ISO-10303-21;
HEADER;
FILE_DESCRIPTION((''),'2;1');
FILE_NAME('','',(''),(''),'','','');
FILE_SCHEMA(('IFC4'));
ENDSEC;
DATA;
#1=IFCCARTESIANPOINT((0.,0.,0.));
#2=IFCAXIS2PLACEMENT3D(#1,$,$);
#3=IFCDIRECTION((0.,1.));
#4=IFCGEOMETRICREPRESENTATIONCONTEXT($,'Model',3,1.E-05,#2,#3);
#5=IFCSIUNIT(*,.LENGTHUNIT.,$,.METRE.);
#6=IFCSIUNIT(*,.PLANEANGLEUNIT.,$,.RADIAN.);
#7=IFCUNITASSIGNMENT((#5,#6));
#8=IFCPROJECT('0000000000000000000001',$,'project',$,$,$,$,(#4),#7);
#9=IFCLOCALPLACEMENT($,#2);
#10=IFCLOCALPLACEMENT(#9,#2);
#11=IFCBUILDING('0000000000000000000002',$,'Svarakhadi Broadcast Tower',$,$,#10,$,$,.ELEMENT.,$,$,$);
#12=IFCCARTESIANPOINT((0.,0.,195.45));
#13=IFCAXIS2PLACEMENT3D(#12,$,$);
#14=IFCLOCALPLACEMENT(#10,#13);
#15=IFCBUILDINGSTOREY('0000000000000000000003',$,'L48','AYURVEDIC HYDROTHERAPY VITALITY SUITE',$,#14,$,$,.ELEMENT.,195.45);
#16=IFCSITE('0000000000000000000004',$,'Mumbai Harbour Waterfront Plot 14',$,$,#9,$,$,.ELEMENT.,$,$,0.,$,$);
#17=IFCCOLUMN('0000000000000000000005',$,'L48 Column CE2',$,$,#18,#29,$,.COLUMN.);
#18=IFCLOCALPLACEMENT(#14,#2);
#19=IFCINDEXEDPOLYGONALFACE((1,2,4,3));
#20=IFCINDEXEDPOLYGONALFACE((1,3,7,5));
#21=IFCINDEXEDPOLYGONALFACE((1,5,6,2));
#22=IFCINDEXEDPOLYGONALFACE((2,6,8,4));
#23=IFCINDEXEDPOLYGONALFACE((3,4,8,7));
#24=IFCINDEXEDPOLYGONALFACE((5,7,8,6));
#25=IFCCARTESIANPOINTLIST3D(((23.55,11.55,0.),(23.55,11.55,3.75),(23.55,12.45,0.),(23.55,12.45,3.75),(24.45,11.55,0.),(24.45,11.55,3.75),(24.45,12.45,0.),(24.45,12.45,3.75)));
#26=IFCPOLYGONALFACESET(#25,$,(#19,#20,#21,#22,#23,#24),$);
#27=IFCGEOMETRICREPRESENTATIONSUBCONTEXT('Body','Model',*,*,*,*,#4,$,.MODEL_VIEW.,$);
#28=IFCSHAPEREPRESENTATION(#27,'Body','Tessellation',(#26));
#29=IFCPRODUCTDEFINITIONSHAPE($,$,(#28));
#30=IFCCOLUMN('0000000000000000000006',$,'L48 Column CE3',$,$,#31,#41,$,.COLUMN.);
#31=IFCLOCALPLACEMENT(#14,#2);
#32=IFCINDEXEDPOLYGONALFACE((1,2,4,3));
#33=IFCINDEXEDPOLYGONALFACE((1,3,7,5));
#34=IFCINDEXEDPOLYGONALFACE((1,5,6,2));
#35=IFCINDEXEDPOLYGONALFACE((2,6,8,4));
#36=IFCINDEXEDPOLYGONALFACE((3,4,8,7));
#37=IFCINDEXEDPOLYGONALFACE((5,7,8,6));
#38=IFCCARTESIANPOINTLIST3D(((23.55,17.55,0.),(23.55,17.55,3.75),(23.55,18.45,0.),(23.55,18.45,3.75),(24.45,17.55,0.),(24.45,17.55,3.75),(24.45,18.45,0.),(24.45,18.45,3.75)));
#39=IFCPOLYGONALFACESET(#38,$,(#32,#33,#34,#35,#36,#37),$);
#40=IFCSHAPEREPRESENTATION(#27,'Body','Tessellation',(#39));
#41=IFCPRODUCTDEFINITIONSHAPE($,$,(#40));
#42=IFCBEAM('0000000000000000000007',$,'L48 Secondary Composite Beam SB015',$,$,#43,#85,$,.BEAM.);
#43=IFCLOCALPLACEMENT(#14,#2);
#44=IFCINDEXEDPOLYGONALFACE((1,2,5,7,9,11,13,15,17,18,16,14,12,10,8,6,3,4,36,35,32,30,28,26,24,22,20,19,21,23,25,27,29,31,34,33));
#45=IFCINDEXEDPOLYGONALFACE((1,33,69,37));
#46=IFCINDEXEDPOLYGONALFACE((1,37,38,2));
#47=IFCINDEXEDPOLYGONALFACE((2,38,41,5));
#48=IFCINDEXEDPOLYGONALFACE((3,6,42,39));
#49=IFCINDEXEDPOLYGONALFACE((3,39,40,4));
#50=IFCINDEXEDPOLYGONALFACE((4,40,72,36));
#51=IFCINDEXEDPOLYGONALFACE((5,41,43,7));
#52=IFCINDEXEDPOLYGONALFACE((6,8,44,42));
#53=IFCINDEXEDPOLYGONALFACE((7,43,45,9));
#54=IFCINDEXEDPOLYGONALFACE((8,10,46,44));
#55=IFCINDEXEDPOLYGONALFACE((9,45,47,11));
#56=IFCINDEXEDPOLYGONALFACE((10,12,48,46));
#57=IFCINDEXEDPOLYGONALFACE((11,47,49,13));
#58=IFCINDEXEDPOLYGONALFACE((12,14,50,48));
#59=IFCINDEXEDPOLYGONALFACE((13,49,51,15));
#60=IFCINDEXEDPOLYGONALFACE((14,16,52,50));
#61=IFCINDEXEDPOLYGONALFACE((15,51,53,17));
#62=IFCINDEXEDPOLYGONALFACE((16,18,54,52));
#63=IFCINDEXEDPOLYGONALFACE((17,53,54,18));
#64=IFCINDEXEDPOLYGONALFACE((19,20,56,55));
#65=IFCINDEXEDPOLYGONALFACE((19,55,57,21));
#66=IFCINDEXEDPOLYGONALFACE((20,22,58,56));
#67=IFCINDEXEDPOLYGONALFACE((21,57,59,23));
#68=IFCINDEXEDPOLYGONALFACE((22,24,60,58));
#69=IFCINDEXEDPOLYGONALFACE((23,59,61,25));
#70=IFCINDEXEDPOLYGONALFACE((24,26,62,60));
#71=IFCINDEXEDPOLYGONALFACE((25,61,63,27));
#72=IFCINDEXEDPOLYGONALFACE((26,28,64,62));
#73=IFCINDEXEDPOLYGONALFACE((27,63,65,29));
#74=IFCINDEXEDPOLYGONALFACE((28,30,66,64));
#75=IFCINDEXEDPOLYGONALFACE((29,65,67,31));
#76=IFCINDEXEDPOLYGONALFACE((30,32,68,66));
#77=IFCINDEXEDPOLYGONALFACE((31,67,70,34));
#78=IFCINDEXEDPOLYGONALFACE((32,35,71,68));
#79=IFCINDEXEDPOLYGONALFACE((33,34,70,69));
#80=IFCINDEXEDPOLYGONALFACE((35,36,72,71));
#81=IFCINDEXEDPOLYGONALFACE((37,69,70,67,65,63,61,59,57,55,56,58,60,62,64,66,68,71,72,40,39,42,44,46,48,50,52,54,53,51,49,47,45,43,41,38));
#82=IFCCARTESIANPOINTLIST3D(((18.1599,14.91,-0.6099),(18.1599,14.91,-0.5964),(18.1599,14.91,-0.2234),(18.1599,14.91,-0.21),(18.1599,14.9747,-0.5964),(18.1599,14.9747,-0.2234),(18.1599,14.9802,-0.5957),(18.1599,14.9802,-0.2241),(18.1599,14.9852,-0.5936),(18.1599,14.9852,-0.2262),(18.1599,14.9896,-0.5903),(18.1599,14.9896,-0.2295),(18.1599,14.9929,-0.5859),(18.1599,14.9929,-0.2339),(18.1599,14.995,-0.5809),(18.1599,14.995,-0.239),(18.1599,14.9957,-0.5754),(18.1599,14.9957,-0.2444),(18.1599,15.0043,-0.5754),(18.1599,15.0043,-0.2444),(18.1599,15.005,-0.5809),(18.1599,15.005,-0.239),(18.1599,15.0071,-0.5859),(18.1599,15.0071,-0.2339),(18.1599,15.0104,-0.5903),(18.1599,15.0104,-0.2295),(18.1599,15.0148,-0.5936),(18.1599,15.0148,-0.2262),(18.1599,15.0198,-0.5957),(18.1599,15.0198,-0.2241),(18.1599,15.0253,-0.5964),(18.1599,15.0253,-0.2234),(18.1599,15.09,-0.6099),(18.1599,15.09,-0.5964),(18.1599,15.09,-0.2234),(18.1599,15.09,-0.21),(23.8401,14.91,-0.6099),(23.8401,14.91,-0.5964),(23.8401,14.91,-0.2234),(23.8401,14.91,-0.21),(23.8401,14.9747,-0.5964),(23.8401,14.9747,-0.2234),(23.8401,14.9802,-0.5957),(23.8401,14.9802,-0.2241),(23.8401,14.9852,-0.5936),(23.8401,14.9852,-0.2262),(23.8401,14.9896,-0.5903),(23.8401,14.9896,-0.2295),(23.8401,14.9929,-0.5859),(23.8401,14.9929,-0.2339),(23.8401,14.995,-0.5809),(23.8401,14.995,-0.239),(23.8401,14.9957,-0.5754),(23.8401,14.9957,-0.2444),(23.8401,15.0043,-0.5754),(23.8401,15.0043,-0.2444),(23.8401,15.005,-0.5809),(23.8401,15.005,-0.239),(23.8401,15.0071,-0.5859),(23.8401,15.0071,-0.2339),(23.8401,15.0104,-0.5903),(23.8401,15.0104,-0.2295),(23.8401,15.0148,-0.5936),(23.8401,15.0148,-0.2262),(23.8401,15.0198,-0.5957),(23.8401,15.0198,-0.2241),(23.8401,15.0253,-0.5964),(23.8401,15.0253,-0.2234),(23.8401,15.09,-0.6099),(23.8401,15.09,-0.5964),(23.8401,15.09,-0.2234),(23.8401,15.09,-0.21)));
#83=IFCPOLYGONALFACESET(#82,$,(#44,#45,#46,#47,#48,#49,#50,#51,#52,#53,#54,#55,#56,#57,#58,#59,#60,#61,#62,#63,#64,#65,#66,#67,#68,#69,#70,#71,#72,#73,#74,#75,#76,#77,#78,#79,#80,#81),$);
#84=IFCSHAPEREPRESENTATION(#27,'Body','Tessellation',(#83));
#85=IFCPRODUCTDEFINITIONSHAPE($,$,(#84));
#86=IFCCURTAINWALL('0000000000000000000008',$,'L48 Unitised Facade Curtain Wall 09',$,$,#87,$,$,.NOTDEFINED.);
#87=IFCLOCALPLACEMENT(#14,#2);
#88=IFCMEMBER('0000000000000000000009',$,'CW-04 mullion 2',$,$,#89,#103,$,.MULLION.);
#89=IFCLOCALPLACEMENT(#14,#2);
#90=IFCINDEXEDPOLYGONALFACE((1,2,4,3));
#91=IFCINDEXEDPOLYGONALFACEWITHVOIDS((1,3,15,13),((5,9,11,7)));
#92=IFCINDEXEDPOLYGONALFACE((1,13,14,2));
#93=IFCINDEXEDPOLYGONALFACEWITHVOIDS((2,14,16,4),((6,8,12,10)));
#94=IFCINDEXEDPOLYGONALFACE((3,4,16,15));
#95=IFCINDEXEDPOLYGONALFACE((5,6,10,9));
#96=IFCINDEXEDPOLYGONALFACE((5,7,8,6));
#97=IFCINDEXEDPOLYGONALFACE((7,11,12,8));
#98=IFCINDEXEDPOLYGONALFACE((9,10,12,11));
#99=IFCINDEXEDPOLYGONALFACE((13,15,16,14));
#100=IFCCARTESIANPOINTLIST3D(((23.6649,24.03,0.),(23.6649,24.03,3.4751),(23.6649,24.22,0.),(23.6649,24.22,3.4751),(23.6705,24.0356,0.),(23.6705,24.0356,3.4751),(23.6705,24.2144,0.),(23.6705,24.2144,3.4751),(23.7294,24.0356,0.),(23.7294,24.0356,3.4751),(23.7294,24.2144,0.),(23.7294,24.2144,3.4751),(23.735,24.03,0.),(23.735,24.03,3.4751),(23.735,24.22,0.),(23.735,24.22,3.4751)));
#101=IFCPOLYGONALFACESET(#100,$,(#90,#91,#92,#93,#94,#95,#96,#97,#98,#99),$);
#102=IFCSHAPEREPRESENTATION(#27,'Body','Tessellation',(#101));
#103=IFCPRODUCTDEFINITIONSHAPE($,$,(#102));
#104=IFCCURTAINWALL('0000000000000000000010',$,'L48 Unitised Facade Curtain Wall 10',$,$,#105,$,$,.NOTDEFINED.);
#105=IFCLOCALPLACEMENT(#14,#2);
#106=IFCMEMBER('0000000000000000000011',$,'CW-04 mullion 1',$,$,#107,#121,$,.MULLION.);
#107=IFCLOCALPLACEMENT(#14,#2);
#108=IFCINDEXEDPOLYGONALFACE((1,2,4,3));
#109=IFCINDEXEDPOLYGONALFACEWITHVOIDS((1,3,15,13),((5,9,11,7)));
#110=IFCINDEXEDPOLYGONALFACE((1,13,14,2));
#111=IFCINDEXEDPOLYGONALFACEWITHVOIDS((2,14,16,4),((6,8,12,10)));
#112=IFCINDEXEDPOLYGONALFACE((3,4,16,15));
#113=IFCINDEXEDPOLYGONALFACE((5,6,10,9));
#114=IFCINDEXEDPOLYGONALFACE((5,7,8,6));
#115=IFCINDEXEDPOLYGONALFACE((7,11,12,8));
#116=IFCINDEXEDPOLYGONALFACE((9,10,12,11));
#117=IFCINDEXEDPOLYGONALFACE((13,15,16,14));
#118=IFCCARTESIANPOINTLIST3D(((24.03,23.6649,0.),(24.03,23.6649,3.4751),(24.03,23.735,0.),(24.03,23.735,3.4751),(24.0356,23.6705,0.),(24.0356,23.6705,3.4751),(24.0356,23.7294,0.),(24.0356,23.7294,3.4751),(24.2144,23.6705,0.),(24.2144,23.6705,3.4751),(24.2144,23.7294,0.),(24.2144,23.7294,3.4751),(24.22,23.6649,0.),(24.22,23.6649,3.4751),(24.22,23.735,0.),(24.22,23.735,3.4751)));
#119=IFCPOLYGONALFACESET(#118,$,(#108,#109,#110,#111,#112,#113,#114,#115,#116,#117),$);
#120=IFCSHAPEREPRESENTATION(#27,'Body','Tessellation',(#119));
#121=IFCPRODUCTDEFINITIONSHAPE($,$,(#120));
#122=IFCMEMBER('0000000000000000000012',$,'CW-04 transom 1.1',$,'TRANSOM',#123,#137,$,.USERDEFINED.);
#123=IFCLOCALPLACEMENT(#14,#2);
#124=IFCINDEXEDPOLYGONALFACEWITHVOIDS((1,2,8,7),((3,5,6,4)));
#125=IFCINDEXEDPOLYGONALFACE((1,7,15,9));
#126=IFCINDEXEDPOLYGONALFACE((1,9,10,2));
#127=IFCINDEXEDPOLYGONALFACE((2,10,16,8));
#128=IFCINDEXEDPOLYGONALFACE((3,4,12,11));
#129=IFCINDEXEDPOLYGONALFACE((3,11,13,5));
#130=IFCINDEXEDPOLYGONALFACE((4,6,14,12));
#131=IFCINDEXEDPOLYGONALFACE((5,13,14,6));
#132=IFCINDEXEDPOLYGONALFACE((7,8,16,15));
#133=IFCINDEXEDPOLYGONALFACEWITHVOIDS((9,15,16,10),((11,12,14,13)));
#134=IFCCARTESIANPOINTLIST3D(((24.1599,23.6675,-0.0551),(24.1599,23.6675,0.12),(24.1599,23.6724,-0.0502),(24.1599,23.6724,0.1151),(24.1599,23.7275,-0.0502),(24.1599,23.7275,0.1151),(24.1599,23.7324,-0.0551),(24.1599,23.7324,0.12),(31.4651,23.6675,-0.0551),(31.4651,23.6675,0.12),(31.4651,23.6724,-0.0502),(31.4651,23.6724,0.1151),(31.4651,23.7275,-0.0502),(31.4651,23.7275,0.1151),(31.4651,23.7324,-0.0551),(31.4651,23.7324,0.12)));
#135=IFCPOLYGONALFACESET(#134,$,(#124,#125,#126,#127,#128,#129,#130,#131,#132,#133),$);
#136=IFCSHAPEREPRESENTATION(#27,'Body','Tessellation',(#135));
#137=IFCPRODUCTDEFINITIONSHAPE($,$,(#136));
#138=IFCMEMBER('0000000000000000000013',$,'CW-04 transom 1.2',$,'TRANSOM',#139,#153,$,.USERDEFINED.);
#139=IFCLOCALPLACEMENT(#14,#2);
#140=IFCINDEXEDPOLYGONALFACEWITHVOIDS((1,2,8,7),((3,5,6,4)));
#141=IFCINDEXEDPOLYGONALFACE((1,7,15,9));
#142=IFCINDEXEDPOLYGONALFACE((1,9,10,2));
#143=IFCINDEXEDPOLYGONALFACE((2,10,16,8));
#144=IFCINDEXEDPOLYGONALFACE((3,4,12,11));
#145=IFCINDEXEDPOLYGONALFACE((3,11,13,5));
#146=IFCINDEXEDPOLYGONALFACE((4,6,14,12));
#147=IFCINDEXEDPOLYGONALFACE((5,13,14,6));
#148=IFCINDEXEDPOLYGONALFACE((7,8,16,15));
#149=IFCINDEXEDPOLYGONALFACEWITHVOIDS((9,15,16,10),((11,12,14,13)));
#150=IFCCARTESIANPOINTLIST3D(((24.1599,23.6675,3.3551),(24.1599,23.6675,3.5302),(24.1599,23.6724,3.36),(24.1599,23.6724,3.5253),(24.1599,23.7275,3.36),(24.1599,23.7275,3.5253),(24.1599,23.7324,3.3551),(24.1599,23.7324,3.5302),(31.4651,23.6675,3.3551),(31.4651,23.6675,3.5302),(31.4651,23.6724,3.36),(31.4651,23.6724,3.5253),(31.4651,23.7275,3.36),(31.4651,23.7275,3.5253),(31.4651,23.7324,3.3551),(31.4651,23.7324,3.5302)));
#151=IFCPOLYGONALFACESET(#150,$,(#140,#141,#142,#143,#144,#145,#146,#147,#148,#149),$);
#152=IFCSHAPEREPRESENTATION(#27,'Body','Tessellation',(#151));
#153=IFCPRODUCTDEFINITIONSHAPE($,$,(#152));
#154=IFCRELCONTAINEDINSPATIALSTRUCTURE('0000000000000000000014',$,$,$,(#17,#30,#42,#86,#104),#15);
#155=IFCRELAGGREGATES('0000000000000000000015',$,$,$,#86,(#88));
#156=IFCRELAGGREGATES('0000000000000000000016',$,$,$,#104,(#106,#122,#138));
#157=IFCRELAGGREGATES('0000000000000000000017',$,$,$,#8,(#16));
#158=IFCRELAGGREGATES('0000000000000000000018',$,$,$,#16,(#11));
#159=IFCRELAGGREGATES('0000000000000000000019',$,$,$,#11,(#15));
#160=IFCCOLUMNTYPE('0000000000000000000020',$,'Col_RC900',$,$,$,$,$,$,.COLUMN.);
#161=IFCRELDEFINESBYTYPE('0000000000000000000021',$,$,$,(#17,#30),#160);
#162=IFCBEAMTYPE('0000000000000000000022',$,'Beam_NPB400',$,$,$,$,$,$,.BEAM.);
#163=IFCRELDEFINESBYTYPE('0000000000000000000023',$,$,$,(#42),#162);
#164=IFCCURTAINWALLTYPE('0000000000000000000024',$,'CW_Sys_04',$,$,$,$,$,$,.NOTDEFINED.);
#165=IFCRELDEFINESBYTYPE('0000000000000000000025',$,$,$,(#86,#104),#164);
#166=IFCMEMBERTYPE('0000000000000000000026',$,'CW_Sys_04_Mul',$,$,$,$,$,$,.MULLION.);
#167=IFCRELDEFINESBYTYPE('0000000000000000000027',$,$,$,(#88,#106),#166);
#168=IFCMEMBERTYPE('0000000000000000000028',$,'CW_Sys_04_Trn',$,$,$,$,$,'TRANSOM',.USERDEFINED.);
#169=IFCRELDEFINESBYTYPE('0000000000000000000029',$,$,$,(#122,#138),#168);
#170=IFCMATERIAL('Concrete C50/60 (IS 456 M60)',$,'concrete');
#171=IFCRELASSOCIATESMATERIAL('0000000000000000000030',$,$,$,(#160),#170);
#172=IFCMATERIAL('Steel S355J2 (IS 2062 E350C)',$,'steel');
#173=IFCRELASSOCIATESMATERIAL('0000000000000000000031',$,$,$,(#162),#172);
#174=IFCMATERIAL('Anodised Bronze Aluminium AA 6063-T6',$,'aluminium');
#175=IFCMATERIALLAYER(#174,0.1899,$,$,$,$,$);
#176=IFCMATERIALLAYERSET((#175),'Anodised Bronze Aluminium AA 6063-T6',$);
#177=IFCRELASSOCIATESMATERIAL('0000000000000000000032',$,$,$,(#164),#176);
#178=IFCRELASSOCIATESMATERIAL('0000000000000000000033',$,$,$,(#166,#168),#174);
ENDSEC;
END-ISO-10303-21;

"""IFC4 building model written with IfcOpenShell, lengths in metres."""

from ifc_helpers import new_model, si_unit, direction, frame, origin, origin_2d, place, context, subcontext, project, spatial, rectangle, hollow_rectangle, i_section, extrude, material, layer, layer_set, material_profile, profile_set, type_object, element, aggregate, save


model = new_model("IFC4")

# Units and contexts
model_context = context("Model", 3, precision=1e-05, world=origin(), true_north=direction((0.0, 1.0)))
body_context = subcontext(model_context, "Body", "Model", "MODEL_VIEW")
ifc_project = project(units=[si_unit("LENGTHUNIT", "METRE"), si_unit("PLANEANGLEUNIT", "RADIAN")], contexts=[model_context])

# Site, building, storey
site_placement = place(None, origin())
site = spatial("IfcSite", under=ifc_project, at=site_placement, Name="Mumbai Harbour Waterfront Plot 14", CompositionType="ELEMENT", RefElevation=0.0)
building_placement = place(site_placement, origin())
building = spatial("IfcBuilding", under=site, at=building_placement, Name="Svarakhadi Broadcast Tower", CompositionType="ELEMENT")
storey_placement = place(building_placement, frame((0.0, 0.0, 195.45)))
storey = spatial("IfcBuildingStorey", under=building, at=storey_placement, Name="L48", Description="AYURVEDIC HYDROTHERAPY VITALITY SUITE", CompositionType="ELEMENT", Elevation=195.45)

# Columns
ifc_material_1 = material(Name="Concrete C50/60 (IS 456 M60)", Category="concrete")
ifc_material_profile_1 = material_profile(ifc_material_1, rectangle(XDim=0.8999, YDim=0.8999, at=origin_2d()), Name="RC 900x900")
ifc_profile_set_1 = profile_set([ifc_material_profile_1], Name="Concrete C50/60 (IS 456 M60)")
column_type = type_object("IfcColumnType", Name="Col_RC900", PredefinedType="COLUMN", material=ifc_profile_set_1)
for number, where, z_axis, x_axis, name in (
    (1, (24.0, 12.0, 0.0), (0.0, 0.0, 1.0), (1.0, 0.0, 0.0), "L48 Column CE2"),
    (2, (24.0, 18.0, 0.0), (0.0, 0.0, 1.0), (1.0, 0.0, 0.0), "L48 Column CE3"),
):
    element("IfcColumn", number, at=place(storey_placement, frame(where, z_axis=z_axis, x_axis=x_axis)), inside=storey, type_object=column_type, Name=name, PredefinedType="COLUMN", context=body_context, shape_type="SweptSolid", body=[
        extrude(rectangle(XDim=0.8999, YDim=0.8999, at=origin_2d()), origin(), (0.0, 0.0, 1.0), 3.75),
    ])

# Beam
ifc_material_2 = material(Name="Steel S355J2 (IS 2062 E350C)", Category="steel")
ifc_material_profile_2 = material_profile(ifc_material_2, i_section(OverallWidth=0.1799, OverallDepth=0.3999, WebThickness=0.0085, FlangeThickness=0.0134, FilletRadius=0.021, at=origin_2d()), Name="NPB 400x180x66")
ifc_profile_set_2 = profile_set([ifc_material_profile_2], Name="Steel S355J2 (IS 2062 E350C)")
beam_type_1 = type_object("IfcBeamType", Name="Beam_NPB400", PredefinedType="BEAM", material=ifc_profile_set_2)
beam_placement = place(storey_placement, frame((18.1599, 15.0, -0.4099), z_axis=(1.0, 0.0, 0.0), x_axis=(0.0, 1.0, 0.0)))
element("IfcBeam", 3, at=beam_placement, inside=storey, type_object=beam_type_1, Name="L48 Secondary Composite Beam SB015", PredefinedType="BEAM", context=body_context, shape_type="SweptSolid", body=[
    extrude(i_section(OverallWidth=0.1799, OverallDepth=0.3999, WebThickness=0.0085, FlangeThickness=0.0134, FilletRadius=0.021, at=origin_2d()), origin(), (0.0, 0.0, 1.0), 5.6802),
])

# Curtain wall, member
ifc_material_3 = material(Name="Anodised Bronze Aluminium AA 6063-T6", Category="aluminium")
ifc_layer_1 = layer(ifc_material_3, 0.1899)
ifc_layer_set_1 = layer_set([ifc_layer_1], Name="Anodised Bronze Aluminium AA 6063-T6")
curtain_wall_type = type_object("IfcCurtainWallType", Name="CW_Sys_04", PredefinedType="NOTDEFINED", material=ifc_layer_set_1)
curtain_wall_1_placement = place(storey_placement, origin())
curtain_wall_1 = element("IfcCurtainWall", 4, at=curtain_wall_1_placement, inside=storey, type_object=curtain_wall_type, Name="L48 Unitised Facade Curtain Wall 09", PredefinedType="NOTDEFINED")
ifc_material_profile_3 = material_profile(ifc_material_3, hollow_rectangle(XDim=0.0701, YDim=0.1899, WallThickness=0.0056, at=origin_2d()), Name="ALU MULLION 190x70x6")
ifc_profile_set_3 = profile_set([ifc_material_profile_3], Name="Anodised Bronze Aluminium AA 6063-T6")
member_type_1 = type_object("IfcMemberType", Name="CW_Sys_04_Mul", PredefinedType="MULLION", material=ifc_profile_set_3)
member_1_placement = place(storey_placement, frame((23.7, 24.125, 0.0), z_axis=(0.0, 0.0, 1.0), x_axis=(1.0, 0.0, 0.0)))
member_1 = element("IfcMember", 5, at=member_1_placement, type_object=member_type_1, Name="CW-04 mullion 2", PredefinedType="MULLION", context=body_context, shape_type="SweptSolid", body=[
    extrude(hollow_rectangle(XDim=0.0701, YDim=0.1899, WallThickness=0.0056, at=origin_2d()), origin(), (0.0, 0.0, 1.0), 3.4751),
])
aggregate(curtain_wall_1, [member_1])

# Curtain wall, members
curtain_wall_2_placement = place(storey_placement, origin())
curtain_wall_2 = element("IfcCurtainWall", 6, at=curtain_wall_2_placement, inside=storey, type_object=curtain_wall_type, Name="L48 Unitised Facade Curtain Wall 10", PredefinedType="NOTDEFINED")
member_2_placement = place(storey_placement, frame((24.125, 23.7, 0.0), z_axis=(0.0, 0.0, 1.0), x_axis=(0.0, 1.0, 0.0)))
member_2 = element("IfcMember", 7, at=member_2_placement, type_object=member_type_1, Name="CW-04 mullion 1", PredefinedType="MULLION", context=body_context, shape_type="SweptSolid", body=[
    extrude(hollow_rectangle(XDim=0.0701, YDim=0.1899, WallThickness=0.0056, at=origin_2d()), origin(), (0.0, 0.0, 1.0), 3.4751),
])
ifc_material_profile_4 = material_profile(ifc_material_3, hollow_rectangle(XDim=0.0649, YDim=0.175, WallThickness=0.0049, at=origin_2d()), Name="ALU TRANSOM 175x65x5")
ifc_profile_set_4 = profile_set([ifc_material_profile_4], Name="Anodised Bronze Aluminium AA 6063-T6")
member_type_2 = type_object("IfcMemberType", Name="CW_Sys_04_Trn", ElementType="TRANSOM", PredefinedType="USERDEFINED", material=ifc_profile_set_4)
member_3_placement = place(storey_placement, frame((24.1599, 23.7, 0.0325), z_axis=(1.0, 0.0, 0.0), x_axis=(0.0, 1.0, 0.0)))
member_3 = element("IfcMember", 8, at=member_3_placement, type_object=member_type_2, Name="CW-04 transom 1.1", ObjectType="TRANSOM", PredefinedType="USERDEFINED", context=body_context, shape_type="SweptSolid", body=[
    extrude(hollow_rectangle(XDim=0.0649, YDim=0.175, WallThickness=0.0049, at=origin_2d()), origin(), (0.0, 0.0, 1.0), 7.3052),
])
member_4_placement = place(storey_placement, frame((24.1599, 23.7, 3.4426), z_axis=(1.0, 0.0, 0.0), x_axis=(0.0, 1.0, 0.0)))
member_4 = element("IfcMember", 9, at=member_4_placement, type_object=member_type_2, Name="CW-04 transom 1.2", ObjectType="TRANSOM", PredefinedType="USERDEFINED", context=body_context, shape_type="SweptSolid", body=[
    extrude(hollow_rectangle(XDim=0.0649, YDim=0.175, WallThickness=0.0049, at=origin_2d()), origin(), (0.0, 0.0, 1.0), 7.3052),
])
aggregate(curtain_wall_2, [member_2, member_3, member_4])

save(model, "model.ifc")
